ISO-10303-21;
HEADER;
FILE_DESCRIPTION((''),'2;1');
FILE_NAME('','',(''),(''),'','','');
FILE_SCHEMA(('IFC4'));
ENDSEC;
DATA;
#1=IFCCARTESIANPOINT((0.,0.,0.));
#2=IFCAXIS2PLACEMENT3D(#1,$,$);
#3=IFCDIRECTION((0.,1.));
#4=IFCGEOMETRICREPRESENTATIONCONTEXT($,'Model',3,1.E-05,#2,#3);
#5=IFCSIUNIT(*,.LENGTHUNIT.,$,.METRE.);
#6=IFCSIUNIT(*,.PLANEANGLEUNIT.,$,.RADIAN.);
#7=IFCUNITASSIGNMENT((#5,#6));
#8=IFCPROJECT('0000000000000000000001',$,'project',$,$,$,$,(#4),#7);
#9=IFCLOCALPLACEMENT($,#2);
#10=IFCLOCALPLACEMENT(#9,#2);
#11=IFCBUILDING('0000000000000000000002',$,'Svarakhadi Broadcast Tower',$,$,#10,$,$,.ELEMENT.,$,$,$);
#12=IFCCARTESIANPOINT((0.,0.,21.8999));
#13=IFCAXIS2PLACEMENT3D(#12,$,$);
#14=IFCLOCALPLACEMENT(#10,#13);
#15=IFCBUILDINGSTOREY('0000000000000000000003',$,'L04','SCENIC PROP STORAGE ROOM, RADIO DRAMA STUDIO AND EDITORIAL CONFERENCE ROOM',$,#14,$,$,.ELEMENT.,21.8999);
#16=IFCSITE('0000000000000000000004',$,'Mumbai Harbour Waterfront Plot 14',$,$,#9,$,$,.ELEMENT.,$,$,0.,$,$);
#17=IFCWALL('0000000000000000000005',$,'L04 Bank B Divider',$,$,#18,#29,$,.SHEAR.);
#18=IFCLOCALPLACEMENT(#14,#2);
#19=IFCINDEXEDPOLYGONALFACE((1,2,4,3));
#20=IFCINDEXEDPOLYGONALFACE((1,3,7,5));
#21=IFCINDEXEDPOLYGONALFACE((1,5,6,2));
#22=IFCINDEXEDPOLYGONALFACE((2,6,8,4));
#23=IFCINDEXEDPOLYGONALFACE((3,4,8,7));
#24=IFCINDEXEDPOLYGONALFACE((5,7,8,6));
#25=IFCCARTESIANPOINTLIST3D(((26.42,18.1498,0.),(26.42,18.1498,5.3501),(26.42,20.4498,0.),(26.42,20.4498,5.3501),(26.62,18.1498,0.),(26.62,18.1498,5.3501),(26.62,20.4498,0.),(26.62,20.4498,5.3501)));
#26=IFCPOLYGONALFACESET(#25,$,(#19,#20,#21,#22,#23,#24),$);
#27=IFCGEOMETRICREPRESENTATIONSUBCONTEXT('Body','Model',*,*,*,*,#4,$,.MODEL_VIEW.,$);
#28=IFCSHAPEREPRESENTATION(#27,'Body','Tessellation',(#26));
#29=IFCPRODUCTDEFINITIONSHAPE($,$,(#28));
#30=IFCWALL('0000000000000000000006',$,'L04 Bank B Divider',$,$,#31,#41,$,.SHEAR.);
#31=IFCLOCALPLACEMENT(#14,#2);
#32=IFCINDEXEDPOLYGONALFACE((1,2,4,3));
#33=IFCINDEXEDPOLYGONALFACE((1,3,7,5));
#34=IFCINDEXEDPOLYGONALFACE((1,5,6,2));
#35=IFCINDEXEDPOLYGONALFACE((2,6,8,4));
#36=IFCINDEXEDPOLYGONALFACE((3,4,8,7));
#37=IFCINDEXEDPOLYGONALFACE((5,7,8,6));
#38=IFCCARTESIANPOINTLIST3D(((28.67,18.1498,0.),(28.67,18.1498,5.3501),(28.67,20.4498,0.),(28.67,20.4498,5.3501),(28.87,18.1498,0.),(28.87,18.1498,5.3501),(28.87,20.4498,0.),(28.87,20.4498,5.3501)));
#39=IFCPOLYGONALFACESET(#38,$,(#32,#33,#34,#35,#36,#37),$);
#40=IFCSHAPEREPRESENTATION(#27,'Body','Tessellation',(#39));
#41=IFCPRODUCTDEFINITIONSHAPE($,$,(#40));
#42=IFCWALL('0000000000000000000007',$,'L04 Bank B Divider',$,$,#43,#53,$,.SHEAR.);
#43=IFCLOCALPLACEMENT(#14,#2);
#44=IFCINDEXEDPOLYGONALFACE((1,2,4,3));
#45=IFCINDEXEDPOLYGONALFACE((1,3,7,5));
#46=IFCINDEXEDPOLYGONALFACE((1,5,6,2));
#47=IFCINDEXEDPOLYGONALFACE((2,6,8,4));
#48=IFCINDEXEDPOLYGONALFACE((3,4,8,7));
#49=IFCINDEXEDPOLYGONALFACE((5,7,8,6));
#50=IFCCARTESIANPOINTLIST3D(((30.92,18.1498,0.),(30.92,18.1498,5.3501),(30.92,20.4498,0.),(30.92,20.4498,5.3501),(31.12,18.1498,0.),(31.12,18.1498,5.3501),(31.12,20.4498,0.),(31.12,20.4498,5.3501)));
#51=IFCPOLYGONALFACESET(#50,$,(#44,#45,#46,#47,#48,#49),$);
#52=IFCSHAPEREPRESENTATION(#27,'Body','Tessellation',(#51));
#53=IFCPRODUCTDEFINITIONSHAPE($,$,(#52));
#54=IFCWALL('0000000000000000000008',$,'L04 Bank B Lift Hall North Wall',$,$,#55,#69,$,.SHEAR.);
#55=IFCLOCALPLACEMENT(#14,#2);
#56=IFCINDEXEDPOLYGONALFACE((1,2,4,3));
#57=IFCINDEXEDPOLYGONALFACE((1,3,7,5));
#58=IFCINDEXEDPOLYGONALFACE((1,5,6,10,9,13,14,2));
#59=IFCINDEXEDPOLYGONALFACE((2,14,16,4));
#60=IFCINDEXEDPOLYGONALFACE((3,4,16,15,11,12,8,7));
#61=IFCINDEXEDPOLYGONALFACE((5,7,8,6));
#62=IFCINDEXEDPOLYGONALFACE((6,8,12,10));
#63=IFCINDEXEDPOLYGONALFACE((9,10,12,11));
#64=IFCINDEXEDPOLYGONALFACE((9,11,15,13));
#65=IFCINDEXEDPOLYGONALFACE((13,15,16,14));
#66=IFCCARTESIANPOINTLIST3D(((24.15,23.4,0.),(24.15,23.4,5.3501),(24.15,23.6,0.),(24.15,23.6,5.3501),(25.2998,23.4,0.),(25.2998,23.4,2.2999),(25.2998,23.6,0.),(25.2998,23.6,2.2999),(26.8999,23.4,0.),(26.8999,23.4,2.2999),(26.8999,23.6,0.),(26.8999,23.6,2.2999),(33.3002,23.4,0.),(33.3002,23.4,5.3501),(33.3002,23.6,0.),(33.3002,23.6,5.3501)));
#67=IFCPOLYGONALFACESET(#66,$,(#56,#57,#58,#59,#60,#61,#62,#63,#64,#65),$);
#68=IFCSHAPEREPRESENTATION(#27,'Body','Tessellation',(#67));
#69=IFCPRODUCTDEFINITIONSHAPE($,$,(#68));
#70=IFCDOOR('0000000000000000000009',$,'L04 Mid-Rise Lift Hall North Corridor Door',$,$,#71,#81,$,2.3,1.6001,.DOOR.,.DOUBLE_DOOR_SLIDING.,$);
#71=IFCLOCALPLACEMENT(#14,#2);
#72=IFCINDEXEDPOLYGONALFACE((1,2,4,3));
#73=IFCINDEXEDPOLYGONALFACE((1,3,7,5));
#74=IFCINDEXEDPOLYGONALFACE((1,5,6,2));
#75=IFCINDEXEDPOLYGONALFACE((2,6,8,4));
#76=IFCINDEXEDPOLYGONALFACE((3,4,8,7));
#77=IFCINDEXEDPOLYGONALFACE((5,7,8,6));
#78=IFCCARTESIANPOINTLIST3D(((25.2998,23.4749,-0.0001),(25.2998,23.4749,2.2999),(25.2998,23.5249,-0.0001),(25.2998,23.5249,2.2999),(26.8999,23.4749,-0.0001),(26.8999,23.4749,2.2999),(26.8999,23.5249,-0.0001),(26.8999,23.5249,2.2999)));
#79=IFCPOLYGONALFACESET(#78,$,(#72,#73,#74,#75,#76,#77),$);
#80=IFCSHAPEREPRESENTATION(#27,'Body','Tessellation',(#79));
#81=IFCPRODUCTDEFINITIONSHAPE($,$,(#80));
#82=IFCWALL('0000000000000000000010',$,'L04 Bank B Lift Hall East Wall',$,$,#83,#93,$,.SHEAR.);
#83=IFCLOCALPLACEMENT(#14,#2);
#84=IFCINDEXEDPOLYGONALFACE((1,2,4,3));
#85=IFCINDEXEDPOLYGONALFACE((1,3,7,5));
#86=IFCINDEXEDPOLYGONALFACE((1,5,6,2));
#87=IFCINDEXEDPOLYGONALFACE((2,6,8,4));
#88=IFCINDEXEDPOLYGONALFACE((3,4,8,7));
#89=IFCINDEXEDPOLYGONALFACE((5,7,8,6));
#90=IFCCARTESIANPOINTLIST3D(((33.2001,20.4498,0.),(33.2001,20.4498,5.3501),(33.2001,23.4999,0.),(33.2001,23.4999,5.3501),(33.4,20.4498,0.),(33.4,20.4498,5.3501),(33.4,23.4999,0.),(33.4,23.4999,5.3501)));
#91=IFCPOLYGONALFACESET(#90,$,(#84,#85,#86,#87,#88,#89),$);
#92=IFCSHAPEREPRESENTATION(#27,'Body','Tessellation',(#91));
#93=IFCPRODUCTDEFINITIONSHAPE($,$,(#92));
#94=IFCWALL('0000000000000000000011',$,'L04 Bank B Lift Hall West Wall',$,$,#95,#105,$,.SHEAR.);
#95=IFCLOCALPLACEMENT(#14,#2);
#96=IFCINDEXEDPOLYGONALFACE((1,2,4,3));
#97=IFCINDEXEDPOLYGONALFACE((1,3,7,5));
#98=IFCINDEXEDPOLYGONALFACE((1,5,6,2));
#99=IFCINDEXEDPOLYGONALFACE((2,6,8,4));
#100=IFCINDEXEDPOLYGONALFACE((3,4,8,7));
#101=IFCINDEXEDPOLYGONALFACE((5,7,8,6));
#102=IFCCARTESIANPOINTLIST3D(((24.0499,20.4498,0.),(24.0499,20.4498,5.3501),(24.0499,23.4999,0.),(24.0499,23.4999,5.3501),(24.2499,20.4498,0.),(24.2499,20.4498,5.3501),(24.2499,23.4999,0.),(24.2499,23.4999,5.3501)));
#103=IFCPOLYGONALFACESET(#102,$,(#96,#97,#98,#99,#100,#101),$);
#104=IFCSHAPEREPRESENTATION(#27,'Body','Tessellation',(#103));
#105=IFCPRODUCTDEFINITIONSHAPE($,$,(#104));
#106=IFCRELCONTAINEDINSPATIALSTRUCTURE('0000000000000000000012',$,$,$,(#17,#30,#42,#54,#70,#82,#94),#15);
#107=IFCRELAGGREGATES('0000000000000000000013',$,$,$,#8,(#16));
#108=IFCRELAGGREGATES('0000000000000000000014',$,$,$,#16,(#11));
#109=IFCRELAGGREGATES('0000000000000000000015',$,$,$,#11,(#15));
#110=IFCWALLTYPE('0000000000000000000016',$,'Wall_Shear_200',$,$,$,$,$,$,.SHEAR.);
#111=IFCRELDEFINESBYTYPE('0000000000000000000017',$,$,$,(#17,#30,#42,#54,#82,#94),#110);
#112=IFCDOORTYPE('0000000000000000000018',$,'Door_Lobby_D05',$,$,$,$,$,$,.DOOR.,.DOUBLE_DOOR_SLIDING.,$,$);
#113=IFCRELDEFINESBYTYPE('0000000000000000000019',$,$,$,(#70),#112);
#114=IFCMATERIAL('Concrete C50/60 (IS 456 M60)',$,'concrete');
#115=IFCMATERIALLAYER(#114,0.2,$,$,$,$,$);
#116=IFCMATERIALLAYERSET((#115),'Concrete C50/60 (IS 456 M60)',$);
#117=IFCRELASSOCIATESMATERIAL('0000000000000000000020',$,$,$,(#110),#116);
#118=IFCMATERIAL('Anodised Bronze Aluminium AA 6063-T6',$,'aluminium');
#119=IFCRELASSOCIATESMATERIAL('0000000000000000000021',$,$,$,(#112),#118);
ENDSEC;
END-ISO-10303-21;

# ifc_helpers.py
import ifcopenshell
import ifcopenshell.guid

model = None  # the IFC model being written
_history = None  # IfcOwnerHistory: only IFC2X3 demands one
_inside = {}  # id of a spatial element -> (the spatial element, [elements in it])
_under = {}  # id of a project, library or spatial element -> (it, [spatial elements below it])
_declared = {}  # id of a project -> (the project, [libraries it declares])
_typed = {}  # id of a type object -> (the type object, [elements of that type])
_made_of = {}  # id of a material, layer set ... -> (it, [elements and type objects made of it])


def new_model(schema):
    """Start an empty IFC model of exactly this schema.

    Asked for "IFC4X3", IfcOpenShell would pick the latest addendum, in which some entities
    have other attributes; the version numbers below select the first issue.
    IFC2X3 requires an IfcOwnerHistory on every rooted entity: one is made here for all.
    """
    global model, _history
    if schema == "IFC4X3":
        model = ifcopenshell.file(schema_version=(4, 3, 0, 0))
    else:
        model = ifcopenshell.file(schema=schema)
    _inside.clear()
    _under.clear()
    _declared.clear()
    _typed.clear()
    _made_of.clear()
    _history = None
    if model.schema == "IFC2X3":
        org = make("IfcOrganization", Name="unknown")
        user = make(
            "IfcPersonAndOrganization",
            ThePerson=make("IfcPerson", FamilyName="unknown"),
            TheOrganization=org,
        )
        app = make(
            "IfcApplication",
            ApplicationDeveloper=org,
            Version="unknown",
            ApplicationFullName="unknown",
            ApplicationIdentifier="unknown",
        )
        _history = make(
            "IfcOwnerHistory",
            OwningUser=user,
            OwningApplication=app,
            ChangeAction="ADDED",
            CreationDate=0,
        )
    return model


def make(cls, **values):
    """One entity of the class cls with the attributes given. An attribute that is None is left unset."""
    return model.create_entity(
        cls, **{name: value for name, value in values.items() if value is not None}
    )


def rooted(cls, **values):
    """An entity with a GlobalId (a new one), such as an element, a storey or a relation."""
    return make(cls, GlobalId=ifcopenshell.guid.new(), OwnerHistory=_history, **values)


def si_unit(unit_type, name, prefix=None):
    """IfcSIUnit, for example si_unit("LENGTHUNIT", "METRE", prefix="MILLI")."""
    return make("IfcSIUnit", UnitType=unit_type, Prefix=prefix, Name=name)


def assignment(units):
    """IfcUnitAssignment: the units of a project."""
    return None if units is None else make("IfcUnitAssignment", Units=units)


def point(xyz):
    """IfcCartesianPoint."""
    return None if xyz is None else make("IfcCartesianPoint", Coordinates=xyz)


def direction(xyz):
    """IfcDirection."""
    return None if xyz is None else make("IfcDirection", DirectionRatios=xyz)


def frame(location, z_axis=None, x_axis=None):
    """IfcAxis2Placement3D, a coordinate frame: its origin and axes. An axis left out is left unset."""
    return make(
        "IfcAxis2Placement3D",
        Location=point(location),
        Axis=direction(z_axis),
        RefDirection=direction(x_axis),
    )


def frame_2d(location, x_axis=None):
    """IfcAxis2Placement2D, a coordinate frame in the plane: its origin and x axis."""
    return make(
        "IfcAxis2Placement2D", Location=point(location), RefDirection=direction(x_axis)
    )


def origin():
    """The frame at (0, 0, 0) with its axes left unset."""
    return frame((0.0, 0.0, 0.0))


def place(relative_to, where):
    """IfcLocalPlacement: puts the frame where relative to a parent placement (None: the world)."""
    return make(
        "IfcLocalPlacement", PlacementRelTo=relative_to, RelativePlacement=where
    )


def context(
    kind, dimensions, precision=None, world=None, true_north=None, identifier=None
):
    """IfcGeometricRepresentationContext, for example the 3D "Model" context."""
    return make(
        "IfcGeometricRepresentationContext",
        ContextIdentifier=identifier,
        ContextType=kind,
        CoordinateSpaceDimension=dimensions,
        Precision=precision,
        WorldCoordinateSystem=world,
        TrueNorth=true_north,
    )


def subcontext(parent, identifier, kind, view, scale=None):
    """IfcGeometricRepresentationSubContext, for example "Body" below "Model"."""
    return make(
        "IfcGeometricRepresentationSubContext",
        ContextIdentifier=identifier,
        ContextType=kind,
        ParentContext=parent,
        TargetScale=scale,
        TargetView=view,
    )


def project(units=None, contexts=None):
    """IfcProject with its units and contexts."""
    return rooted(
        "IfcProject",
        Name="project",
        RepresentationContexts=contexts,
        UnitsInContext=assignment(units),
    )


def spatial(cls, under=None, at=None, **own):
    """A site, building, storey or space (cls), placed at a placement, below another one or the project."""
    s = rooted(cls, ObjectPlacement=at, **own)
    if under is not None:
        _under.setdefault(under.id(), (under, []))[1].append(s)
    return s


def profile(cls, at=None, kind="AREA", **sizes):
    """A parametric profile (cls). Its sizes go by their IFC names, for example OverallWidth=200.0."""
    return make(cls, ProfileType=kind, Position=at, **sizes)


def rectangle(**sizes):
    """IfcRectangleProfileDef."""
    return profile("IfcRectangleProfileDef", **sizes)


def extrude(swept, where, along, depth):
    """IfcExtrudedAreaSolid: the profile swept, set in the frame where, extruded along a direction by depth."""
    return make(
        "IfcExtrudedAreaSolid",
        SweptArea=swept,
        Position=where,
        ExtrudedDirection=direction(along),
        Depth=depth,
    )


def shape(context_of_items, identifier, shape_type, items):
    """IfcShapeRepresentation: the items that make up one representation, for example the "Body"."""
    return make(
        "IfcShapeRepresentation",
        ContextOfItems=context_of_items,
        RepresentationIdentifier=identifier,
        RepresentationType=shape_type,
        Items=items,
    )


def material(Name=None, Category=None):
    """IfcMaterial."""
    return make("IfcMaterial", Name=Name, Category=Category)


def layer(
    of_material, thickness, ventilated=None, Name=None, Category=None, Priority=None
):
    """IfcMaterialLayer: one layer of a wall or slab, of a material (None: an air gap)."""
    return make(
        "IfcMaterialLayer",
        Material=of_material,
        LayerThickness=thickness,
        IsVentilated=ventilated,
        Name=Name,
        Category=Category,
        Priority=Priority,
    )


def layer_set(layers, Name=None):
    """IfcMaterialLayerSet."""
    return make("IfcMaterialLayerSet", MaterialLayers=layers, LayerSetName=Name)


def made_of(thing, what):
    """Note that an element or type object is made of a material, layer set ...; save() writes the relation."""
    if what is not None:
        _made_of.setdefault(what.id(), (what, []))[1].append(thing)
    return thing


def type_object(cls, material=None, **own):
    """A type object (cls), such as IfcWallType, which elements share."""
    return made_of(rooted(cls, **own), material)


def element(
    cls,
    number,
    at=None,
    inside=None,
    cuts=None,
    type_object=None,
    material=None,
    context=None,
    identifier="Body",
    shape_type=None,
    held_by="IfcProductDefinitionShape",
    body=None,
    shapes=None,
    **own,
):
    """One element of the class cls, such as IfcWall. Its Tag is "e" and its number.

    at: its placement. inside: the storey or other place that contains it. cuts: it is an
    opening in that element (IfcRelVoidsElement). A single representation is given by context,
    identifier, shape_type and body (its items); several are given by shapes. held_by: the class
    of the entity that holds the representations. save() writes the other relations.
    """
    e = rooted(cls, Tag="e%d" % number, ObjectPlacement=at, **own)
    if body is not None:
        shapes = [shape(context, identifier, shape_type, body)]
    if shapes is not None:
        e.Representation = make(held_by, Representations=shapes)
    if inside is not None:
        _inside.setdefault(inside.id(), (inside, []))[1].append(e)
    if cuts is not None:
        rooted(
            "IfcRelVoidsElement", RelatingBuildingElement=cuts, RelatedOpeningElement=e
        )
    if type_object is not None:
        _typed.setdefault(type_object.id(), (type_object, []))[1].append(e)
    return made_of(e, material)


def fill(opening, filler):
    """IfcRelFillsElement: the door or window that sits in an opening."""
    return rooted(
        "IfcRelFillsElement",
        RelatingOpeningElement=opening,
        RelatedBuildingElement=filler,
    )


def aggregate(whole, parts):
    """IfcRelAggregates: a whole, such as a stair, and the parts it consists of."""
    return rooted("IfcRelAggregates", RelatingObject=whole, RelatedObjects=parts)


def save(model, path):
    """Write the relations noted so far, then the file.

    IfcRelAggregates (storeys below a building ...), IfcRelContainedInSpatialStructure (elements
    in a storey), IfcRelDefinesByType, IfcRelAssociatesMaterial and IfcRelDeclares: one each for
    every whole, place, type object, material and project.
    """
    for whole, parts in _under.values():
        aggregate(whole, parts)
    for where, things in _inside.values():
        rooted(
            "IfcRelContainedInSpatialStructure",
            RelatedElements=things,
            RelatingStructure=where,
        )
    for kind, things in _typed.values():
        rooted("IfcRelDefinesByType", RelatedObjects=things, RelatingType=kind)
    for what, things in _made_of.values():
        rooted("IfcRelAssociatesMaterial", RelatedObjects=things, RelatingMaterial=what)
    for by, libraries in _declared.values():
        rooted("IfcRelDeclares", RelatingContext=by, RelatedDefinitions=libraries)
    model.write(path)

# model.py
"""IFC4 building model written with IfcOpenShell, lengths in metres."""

from ifc_helpers import new_model, si_unit, direction, frame, frame_2d, origin, place, context, subcontext, project, spatial, rectangle, extrude, material, layer, layer_set, type_object, element, fill, save


model = new_model("IFC4")

# Units and contexts
model_context = context("Model", 3, precision=1e-05, world=origin(), true_north=direction((0.0, 1.0)))
body_context = subcontext(model_context, "Body", "Model", "MODEL_VIEW")
ifc_project = project(units=[si_unit("LENGTHUNIT", "METRE"), si_unit("PLANEANGLEUNIT", "RADIAN")], contexts=[model_context])

# Site, building, storey
site_placement = place(None, origin())
site = spatial("IfcSite", under=ifc_project, at=site_placement, Name="Mumbai Harbour Waterfront Plot 14", CompositionType="ELEMENT", RefElevation=0.0)
building_placement = place(site_placement, origin())
building = spatial("IfcBuilding", under=site, at=building_placement, Name="Svarakhadi Broadcast Tower", CompositionType="ELEMENT")
storey_placement = place(building_placement, frame((0.0, 0.0, 21.8999)))
storey = spatial("IfcBuildingStorey", under=building, at=storey_placement, Name="L04", Description="SCENIC PROP STORAGE ROOM, RADIO DRAMA STUDIO AND EDITORIAL CONFERENCE ROOM", CompositionType="ELEMENT", Elevation=21.8999)

# Walls
ifc_material_1 = material(Name="Concrete C50/60 (IS 456 M60)", Category="concrete")
ifc_layer_1 = layer(ifc_material_1, 0.2)
ifc_layer_set_1 = layer_set([ifc_layer_1], Name="Concrete C50/60 (IS 456 M60)")
wall_type_1 = type_object("IfcWallType", Name="Wall_Shear_200", PredefinedType="SHEAR", material=ifc_layer_set_1)
for number, where, z_axis, x_axis, name in (
    (1, (26.52, 18.1499, 0.0), (0.0, 0.0, 1.0), (0.0, 1.0, 0.0), "L04 Bank B Divider"),
    (2, (28.77, 18.1499, 0.0), (0.0, 0.0, 1.0), (0.0, 1.0, 0.0), "L04 Bank B Divider"),
    (3, (31.02, 18.1499, 0.0), (0.0, 0.0, 1.0), (0.0, 1.0, 0.0), "L04 Bank B Divider"),
):
    element("IfcWall", number, at=place(storey_placement, frame(where, z_axis=z_axis, x_axis=x_axis)), inside=storey, type_object=wall_type_1, Name=name, PredefinedType="SHEAR", context=body_context, shape_type="SweptSolid", body=[
        extrude(rectangle(XDim=2.3, YDim=0.2, at=frame_2d((1.1499, 0.0))), origin(), (0.0, 0.0, 1.0), 5.3501),
    ])

# Wall, opening, door
wall_1_placement = place(storey_placement, frame((24.1499, 23.5, 0.0), z_axis=(0.0, 0.0, 1.0), x_axis=(1.0, 0.0, 0.0)))
wall_1 = element("IfcWall", 4, at=wall_1_placement, inside=storey, type_object=wall_type_1, Name="L04 Bank B Lift Hall North Wall", PredefinedType="SHEAR", context=body_context, shape_type="SweptSolid", body=[
    extrude(rectangle(XDim=9.1501, YDim=0.2, at=frame_2d((4.5752, 0.0))), origin(), (0.0, 0.0, 1.0), 5.3501),
])
opening_1_placement = place(wall_1_placement, frame((1.1499, 0.0, 0.0)))
opening_1 = element("IfcOpeningElement", 5, at=opening_1_placement, cuts=wall_1, PredefinedType="OPENING", context=body_context, shape_type="SweptSolid", body=[
    extrude(rectangle(XDim=1.6001, YDim=2.3, at=frame_2d((0.8, 1.1499))), frame((0.0, 0.1099, 0.0), z_axis=(0.0, -1.0, 0.0), x_axis=(1.0, 0.0, 0.0)), (0.0, 0.0, 1.0), 0.22),
])
ifc_material_2 = material(Name="Anodised Bronze Aluminium AA 6063-T6", Category="aluminium")
door_type_1 = type_object("IfcDoorType", Name="Door_Lobby_D05", OperationType="DOUBLE_DOOR_SLIDING", PredefinedType="DOOR", material=ifc_material_2)
door_1_placement = place(opening_1_placement, origin())
door_1 = element("IfcDoor", 6, at=door_1_placement, inside=storey, type_object=door_type_1, Name="L04 Mid-Rise Lift Hall North Corridor Door", OperationType="DOUBLE_DOOR_SLIDING", OverallHeight=2.3, OverallWidth=1.6001, PredefinedType="DOOR", context=body_context, shape_type="SweptSolid", body=[
    extrude(rectangle(XDim=1.6001, YDim=2.3, at=frame_2d((0.8, 1.1499))), frame((0.0, 0.0249, 0.0), z_axis=(0.0, -1.0, 0.0), x_axis=(1.0, 0.0, 0.0)), (0.0, 0.0, 1.0), 0.05),
])
fill(opening_1, door_1)

# Walls
for number, where, z_axis, x_axis, name in (
    (7, (33.3, 20.45, 0.0), (0.0, 0.0, 1.0), (0.0, 1.0, 0.0), "L04 Bank B Lift Hall East Wall"),
    (8, (24.1499, 20.45, 0.0), (0.0, 0.0, 1.0), (0.0, 1.0, 0.0), "L04 Bank B Lift Hall West Wall"),
):
    element("IfcWall", number, at=place(storey_placement, frame(where, z_axis=z_axis, x_axis=x_axis)), inside=storey, type_object=wall_type_1, Name=name, PredefinedType="SHEAR", context=body_context, shape_type="SweptSolid", body=[
        extrude(rectangle(XDim=3.05, YDim=0.2, at=frame_2d((1.5249, 0.0))), origin(), (0.0, 0.0, 1.0), 5.3501),
    ])

save(model, "model.ifc")
